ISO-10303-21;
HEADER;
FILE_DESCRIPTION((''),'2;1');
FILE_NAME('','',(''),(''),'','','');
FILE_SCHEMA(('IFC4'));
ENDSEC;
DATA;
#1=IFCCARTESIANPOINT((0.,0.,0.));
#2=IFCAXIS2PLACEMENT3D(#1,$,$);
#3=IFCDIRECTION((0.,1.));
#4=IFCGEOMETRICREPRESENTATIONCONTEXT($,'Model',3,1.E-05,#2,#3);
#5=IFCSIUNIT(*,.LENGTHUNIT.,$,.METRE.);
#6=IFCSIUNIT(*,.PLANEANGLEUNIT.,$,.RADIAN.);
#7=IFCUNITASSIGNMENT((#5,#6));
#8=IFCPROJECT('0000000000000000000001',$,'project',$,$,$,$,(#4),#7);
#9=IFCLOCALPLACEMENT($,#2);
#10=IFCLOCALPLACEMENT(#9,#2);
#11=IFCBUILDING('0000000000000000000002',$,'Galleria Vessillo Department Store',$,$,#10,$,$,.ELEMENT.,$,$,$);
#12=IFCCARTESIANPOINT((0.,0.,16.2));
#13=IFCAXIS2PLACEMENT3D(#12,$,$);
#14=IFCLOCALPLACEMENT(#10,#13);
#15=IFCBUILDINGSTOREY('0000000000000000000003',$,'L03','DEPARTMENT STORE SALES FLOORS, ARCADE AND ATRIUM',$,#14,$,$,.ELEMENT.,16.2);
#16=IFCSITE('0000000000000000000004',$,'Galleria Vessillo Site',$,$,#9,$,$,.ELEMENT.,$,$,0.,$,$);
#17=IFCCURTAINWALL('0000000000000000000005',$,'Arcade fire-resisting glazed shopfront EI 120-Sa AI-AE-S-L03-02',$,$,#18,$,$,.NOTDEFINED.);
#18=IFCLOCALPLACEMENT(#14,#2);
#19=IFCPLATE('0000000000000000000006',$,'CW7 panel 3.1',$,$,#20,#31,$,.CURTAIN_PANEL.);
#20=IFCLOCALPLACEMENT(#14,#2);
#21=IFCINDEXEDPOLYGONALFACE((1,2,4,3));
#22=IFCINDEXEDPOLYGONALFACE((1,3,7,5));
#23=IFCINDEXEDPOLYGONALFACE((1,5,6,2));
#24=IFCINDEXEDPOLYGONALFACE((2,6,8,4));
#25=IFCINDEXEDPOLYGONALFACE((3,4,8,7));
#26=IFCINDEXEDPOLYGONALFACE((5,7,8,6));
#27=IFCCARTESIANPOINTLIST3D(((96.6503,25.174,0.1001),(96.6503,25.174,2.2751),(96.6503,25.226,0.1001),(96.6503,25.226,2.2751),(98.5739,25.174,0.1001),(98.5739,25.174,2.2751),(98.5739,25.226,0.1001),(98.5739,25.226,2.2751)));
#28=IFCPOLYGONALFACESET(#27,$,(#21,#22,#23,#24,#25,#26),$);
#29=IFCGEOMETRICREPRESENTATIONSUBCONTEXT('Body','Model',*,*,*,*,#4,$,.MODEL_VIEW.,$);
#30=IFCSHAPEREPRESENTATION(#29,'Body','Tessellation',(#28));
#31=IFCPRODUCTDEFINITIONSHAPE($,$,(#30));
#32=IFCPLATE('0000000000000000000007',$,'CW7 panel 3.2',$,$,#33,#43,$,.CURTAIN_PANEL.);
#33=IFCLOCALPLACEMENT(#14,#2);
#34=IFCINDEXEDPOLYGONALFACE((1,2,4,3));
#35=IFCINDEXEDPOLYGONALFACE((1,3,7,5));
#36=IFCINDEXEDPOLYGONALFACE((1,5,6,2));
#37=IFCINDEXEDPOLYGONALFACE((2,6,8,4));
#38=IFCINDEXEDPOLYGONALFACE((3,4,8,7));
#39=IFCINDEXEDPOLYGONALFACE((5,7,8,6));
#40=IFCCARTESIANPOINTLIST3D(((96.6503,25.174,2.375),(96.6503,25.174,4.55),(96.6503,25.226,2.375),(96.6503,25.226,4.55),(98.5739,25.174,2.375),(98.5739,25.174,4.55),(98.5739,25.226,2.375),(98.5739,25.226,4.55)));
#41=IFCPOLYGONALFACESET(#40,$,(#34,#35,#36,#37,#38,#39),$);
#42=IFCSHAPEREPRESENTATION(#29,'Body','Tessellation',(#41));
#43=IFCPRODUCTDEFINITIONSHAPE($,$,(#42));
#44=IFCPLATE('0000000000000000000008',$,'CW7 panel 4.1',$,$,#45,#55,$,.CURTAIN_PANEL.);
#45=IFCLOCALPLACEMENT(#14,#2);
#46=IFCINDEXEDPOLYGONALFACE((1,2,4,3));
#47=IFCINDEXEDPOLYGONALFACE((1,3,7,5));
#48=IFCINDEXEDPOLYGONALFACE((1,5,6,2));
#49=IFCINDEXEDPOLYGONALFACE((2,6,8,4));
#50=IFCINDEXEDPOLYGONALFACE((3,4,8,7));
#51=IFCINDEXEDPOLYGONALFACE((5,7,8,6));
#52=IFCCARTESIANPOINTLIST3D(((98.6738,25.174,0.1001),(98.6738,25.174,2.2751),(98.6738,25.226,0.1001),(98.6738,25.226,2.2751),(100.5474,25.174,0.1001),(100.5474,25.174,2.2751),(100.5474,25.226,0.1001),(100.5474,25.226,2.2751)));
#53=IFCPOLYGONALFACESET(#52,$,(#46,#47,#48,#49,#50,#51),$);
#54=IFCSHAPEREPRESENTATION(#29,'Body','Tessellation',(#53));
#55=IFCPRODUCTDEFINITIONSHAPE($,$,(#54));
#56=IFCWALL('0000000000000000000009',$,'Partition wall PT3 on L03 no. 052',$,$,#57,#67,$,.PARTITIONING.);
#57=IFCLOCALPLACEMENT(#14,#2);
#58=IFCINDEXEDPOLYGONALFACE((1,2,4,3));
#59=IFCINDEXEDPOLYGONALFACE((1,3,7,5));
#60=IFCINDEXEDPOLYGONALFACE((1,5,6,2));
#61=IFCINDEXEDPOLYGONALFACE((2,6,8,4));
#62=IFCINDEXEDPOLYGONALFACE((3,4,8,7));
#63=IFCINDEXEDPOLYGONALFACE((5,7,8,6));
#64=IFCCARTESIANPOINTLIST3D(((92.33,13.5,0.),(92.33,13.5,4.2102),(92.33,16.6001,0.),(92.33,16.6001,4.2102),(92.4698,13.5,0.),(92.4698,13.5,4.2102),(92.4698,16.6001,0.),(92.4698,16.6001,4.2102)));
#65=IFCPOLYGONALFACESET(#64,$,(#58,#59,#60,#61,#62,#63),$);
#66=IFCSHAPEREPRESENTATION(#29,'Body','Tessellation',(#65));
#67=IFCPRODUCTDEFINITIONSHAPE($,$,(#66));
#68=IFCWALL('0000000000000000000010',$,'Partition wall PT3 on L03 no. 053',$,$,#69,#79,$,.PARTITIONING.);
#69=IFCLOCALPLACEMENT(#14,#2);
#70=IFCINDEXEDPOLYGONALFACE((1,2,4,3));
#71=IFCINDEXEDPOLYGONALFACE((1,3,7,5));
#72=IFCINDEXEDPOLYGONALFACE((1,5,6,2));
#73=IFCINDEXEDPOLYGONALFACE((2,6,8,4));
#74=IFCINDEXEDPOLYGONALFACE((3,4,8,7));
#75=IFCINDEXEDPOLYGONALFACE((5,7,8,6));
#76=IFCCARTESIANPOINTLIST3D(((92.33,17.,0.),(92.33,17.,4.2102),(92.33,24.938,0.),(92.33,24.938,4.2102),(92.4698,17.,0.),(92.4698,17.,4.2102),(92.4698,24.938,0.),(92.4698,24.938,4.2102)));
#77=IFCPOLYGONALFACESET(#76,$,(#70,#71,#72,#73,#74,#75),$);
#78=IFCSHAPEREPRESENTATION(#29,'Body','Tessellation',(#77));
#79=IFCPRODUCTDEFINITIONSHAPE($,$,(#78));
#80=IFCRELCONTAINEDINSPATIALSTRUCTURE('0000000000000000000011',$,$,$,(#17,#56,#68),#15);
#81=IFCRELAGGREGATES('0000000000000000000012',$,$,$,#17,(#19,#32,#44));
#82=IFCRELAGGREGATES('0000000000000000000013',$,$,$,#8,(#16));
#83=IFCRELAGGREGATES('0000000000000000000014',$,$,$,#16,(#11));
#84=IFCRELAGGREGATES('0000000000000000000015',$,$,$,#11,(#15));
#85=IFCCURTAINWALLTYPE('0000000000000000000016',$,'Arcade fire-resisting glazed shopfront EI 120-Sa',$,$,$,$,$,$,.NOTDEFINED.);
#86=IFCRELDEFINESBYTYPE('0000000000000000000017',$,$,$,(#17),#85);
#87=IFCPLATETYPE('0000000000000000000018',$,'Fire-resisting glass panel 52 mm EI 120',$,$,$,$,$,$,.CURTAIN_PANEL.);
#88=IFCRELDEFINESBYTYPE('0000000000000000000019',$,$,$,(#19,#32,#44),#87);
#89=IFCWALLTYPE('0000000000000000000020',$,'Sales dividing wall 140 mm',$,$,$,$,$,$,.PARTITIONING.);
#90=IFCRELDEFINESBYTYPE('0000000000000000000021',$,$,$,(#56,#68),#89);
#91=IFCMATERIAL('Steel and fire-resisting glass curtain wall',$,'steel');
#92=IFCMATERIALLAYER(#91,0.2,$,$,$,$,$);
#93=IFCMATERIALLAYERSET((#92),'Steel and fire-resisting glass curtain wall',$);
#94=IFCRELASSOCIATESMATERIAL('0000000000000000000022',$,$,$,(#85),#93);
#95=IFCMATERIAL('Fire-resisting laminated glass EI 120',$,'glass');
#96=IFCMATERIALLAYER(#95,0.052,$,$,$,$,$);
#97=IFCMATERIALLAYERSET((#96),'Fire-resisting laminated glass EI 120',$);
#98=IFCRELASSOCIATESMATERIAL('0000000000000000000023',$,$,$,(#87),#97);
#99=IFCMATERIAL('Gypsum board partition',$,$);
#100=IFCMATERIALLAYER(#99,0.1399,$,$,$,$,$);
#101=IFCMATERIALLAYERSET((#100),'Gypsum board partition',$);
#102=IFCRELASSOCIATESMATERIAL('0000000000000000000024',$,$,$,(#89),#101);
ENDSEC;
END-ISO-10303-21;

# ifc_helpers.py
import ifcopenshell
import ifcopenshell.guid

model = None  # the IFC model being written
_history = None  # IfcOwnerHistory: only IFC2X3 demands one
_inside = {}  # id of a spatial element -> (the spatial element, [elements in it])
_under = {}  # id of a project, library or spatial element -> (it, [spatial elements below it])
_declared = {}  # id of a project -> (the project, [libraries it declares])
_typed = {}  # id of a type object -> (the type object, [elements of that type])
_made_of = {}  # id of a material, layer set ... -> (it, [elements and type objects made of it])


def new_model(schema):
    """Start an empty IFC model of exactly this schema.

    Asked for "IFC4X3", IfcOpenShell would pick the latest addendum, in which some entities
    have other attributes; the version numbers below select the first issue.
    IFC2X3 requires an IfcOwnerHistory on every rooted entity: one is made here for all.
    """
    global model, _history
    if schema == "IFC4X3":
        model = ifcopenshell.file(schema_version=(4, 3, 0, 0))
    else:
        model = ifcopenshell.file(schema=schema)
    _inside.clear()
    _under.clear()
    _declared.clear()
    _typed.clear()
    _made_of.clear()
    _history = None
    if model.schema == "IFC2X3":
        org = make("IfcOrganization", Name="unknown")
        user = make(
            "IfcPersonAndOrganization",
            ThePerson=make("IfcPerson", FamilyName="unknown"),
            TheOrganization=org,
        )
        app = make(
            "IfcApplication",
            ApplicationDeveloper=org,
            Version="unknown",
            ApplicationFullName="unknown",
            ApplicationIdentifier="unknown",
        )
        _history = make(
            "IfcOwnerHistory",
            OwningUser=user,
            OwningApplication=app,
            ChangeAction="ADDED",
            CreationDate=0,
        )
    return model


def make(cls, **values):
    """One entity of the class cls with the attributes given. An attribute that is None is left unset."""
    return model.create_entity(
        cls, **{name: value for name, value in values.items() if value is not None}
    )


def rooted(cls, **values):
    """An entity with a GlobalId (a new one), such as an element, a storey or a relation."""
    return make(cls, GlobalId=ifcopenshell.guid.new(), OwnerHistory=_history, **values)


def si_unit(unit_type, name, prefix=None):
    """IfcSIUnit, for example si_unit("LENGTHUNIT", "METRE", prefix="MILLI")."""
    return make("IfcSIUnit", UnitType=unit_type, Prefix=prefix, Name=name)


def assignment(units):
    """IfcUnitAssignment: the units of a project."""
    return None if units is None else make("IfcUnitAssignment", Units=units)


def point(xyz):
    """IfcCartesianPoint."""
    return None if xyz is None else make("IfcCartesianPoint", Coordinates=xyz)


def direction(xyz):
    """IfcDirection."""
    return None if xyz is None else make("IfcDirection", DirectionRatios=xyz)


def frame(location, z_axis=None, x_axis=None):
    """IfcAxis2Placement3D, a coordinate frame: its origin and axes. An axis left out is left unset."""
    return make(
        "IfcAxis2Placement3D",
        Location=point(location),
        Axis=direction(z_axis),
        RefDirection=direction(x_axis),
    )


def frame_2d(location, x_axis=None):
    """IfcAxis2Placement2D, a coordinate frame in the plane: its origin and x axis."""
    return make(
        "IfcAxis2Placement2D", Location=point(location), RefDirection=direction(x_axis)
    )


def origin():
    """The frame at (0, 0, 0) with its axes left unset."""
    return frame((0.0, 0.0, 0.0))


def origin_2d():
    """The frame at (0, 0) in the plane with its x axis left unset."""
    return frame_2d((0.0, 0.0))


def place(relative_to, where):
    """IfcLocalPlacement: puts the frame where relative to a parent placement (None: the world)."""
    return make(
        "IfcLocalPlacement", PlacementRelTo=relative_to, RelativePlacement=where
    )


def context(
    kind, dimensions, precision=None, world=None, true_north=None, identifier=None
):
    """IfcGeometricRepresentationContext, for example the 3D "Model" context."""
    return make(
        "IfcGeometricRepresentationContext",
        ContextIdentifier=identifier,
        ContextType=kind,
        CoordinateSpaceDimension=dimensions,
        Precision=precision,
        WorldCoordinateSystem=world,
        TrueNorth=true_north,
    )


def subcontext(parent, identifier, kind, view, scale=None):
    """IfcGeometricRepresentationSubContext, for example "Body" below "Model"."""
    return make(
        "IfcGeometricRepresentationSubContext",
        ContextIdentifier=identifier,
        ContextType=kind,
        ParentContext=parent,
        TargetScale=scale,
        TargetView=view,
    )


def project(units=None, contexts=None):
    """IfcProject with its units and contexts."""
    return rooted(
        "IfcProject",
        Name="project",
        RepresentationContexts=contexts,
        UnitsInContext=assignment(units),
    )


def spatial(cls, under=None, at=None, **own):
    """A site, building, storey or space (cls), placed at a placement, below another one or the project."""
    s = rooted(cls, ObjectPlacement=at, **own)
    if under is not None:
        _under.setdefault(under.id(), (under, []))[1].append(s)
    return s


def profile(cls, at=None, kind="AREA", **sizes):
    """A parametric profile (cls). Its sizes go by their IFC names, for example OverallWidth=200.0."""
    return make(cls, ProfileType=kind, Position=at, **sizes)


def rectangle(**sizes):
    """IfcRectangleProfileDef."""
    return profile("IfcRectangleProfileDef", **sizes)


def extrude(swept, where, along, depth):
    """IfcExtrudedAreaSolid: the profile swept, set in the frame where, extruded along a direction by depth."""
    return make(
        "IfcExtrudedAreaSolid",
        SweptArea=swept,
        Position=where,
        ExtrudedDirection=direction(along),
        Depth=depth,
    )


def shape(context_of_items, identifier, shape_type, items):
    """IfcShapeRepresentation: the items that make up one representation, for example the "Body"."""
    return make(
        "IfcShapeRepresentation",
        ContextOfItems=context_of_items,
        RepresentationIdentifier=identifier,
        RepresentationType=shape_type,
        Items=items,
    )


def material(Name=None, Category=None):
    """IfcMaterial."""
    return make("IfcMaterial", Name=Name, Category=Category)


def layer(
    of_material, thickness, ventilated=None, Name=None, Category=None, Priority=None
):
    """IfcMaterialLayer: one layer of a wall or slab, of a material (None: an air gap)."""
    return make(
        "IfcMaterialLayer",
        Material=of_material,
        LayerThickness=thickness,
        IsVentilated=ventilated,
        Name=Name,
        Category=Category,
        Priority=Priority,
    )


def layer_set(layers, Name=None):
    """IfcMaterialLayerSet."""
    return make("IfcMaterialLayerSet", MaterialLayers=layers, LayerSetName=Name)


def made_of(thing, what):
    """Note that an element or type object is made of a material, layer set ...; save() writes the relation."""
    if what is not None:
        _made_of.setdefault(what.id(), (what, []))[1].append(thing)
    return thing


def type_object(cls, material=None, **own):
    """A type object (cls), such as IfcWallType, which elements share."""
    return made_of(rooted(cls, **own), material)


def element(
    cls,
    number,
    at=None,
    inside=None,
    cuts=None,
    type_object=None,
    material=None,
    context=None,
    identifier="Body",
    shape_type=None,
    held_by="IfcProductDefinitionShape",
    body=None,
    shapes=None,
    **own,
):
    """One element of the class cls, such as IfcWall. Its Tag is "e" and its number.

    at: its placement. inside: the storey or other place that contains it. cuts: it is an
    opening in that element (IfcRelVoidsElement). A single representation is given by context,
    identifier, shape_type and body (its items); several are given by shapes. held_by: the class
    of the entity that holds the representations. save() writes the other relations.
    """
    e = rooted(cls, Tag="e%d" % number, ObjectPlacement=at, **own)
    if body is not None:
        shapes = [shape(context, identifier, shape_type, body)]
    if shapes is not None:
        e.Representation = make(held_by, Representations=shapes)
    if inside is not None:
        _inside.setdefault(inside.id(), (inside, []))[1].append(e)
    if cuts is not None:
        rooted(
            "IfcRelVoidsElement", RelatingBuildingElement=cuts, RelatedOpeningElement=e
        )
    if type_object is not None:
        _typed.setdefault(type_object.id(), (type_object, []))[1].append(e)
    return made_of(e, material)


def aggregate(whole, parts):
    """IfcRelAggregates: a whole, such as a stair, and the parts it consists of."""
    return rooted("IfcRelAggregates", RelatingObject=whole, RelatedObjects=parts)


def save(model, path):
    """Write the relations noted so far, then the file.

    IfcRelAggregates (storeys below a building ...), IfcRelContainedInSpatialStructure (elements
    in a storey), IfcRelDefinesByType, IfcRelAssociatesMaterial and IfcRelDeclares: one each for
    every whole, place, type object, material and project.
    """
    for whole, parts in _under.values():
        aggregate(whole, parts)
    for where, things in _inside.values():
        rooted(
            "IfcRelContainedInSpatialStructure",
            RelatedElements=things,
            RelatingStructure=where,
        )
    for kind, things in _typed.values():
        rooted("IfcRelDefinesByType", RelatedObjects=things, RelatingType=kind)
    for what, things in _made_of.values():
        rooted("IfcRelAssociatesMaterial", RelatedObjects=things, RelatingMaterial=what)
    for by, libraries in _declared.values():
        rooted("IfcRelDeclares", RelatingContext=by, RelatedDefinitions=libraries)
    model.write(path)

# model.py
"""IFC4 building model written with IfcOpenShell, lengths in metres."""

from ifc_helpers import new_model, si_unit, direction, frame, frame_2d, origin, origin_2d, place, context, subcontext, project, spatial, rectangle, extrude, material, layer, layer_set, type_object, element, aggregate, save


model = new_model("IFC4")

# Units and contexts
model_context = context("Model", 3, precision=1e-05, world=origin(), true_north=direction((0.0, 1.0)))
body_context = subcontext(model_context, "Body", "Model", "MODEL_VIEW")
ifc_project = project(units=[si_unit("LENGTHUNIT", "METRE"), si_unit("PLANEANGLEUNIT", "RADIAN")], contexts=[model_context])

# Site, building, storey
site_placement = place(None, origin())
site = spatial("IfcSite", under=ifc_project, at=site_placement, Name="Galleria Vessillo Site", CompositionType="ELEMENT", RefElevation=0.0)
building_placement = place(site_placement, origin())
building = spatial("IfcBuilding", under=site, at=building_placement, Name="Galleria Vessillo Department Store", CompositionType="ELEMENT")
storey_placement = place(building_placement, frame((0.0, 0.0, 16.2)))
storey = spatial("IfcBuildingStorey", under=building, at=storey_placement, Name="L03", Description="DEPARTMENT STORE SALES FLOORS, ARCADE AND ATRIUM", CompositionType="ELEMENT", Elevation=16.2)

# Curtain wall
ifc_material_1 = material(Name="Steel and fire-resisting glass curtain wall", Category="steel")
ifc_layer_1 = layer(ifc_material_1, 0.2)
ifc_layer_set_1 = layer_set([ifc_layer_1], Name="Steel and fire-resisting glass curtain wall")
curtain_wall_type = type_object("IfcCurtainWallType", Name="Arcade fire-resisting glazed shopfront EI 120-Sa", PredefinedType="NOTDEFINED", material=ifc_layer_set_1)
curtain_wall_placement = place(storey_placement, origin())
curtain_wall = element("IfcCurtainWall", 1, at=curtain_wall_placement, inside=storey, type_object=curtain_wall_type, Name="Arcade fire-resisting glazed shopfront EI 120-Sa AI-AE-S-L03-02", PredefinedType="NOTDEFINED")

# Plates
ifc_material_2 = material(Name="Fire-resisting laminated glass EI 120", Category="glass")
ifc_layer_2 = layer(ifc_material_2, 0.052)
ifc_layer_set_2 = layer_set([ifc_layer_2], Name="Fire-resisting laminated glass EI 120")
plate_type = type_object("IfcPlateType", Name="Fire-resisting glass panel 52 mm EI 120", PredefinedType="CURTAIN_PANEL", material=ifc_layer_set_2)
plate_1_placement = place(storey_placement, frame((97.6121, 25.2, 0.1001), z_axis=(0.0, 0.0, 1.0), x_axis=(1.0, 0.0, 0.0)))
plate_1 = element("IfcPlate", 2, at=plate_1_placement, type_object=plate_type, Name="CW7 panel 3.1", PredefinedType="CURTAIN_PANEL", context=body_context, shape_type="SweptSolid", body=[
    extrude(rectangle(XDim=1.9236, YDim=0.052, at=origin_2d()), origin(), (0.0, 0.0, 1.0), 2.175),
])
plate_2_placement = place(storey_placement, frame((97.6121, 25.2, 2.375), z_axis=(0.0, 0.0, 1.0), x_axis=(1.0, 0.0, 0.0)))
plate_2 = element("IfcPlate", 3, at=plate_2_placement, type_object=plate_type, Name="CW7 panel 3.2", PredefinedType="CURTAIN_PANEL", context=body_context, shape_type="SweptSolid", body=[
    extrude(rectangle(XDim=1.9236, YDim=0.052, at=origin_2d()), origin(), (0.0, 0.0, 1.0), 2.175),
])
plate_3_placement = place(storey_placement, frame((99.6106, 25.2, 0.1001), z_axis=(0.0, 0.0, 1.0), x_axis=(1.0, 0.0, 0.0)))
plate_3 = element("IfcPlate", 4, at=plate_3_placement, type_object=plate_type, Name="CW7 panel 4.1", PredefinedType="CURTAIN_PANEL", context=body_context, shape_type="SweptSolid", body=[
    extrude(rectangle(XDim=1.8735, YDim=0.052, at=origin_2d()), origin(), (0.0, 0.0, 1.0), 2.175),
])
aggregate(curtain_wall, [plate_1, plate_2, plate_3])

# Walls
ifc_material_3 = material(Name="Gypsum board partition")
ifc_layer_3 = layer(ifc_material_3, 0.1399)
ifc_layer_set_3 = layer_set([ifc_layer_3], Name="Gypsum board partition")
wall_type = type_object("IfcWallType", Name="Sales dividing wall 140 mm", PredefinedType="PARTITIONING", material=ifc_layer_set_3)
wall_1_placement = place(storey_placement, frame((92.3999, 13.5, 0.0), z_axis=(0.0, 0.0, 1.0), x_axis=(0.0, 1.0, 0.0)))
element("IfcWall", 5, at=wall_1_placement, inside=storey, type_object=wall_type, Name="Partition wall PT3 on L03 no. 052", PredefinedType="PARTITIONING", context=body_context, shape_type="SweptSolid", body=[
    extrude(rectangle(XDim=3.1001, YDim=0.1399, at=frame_2d((1.55, 0.0))), origin(), (0.0, 0.0, 1.0), 4.2102),
])
wall_2_placement = place(storey_placement, frame((92.3999, 17.0, 0.0), z_axis=(0.0, 0.0, 1.0), x_axis=(0.0, 1.0, 0.0)))
element("IfcWall", 6, at=wall_2_placement, inside=storey, type_object=wall_type, Name="Partition wall PT3 on L03 no. 053", PredefinedType="PARTITIONING", context=body_context, shape_type="SweptSolid", body=[
    extrude(rectangle(XDim=7.938, YDim=0.1399, at=frame_2d((3.969, 0.0))), origin(), (0.0, 0.0, 1.0), 4.2102),
])

save(model, "model.ifc")
